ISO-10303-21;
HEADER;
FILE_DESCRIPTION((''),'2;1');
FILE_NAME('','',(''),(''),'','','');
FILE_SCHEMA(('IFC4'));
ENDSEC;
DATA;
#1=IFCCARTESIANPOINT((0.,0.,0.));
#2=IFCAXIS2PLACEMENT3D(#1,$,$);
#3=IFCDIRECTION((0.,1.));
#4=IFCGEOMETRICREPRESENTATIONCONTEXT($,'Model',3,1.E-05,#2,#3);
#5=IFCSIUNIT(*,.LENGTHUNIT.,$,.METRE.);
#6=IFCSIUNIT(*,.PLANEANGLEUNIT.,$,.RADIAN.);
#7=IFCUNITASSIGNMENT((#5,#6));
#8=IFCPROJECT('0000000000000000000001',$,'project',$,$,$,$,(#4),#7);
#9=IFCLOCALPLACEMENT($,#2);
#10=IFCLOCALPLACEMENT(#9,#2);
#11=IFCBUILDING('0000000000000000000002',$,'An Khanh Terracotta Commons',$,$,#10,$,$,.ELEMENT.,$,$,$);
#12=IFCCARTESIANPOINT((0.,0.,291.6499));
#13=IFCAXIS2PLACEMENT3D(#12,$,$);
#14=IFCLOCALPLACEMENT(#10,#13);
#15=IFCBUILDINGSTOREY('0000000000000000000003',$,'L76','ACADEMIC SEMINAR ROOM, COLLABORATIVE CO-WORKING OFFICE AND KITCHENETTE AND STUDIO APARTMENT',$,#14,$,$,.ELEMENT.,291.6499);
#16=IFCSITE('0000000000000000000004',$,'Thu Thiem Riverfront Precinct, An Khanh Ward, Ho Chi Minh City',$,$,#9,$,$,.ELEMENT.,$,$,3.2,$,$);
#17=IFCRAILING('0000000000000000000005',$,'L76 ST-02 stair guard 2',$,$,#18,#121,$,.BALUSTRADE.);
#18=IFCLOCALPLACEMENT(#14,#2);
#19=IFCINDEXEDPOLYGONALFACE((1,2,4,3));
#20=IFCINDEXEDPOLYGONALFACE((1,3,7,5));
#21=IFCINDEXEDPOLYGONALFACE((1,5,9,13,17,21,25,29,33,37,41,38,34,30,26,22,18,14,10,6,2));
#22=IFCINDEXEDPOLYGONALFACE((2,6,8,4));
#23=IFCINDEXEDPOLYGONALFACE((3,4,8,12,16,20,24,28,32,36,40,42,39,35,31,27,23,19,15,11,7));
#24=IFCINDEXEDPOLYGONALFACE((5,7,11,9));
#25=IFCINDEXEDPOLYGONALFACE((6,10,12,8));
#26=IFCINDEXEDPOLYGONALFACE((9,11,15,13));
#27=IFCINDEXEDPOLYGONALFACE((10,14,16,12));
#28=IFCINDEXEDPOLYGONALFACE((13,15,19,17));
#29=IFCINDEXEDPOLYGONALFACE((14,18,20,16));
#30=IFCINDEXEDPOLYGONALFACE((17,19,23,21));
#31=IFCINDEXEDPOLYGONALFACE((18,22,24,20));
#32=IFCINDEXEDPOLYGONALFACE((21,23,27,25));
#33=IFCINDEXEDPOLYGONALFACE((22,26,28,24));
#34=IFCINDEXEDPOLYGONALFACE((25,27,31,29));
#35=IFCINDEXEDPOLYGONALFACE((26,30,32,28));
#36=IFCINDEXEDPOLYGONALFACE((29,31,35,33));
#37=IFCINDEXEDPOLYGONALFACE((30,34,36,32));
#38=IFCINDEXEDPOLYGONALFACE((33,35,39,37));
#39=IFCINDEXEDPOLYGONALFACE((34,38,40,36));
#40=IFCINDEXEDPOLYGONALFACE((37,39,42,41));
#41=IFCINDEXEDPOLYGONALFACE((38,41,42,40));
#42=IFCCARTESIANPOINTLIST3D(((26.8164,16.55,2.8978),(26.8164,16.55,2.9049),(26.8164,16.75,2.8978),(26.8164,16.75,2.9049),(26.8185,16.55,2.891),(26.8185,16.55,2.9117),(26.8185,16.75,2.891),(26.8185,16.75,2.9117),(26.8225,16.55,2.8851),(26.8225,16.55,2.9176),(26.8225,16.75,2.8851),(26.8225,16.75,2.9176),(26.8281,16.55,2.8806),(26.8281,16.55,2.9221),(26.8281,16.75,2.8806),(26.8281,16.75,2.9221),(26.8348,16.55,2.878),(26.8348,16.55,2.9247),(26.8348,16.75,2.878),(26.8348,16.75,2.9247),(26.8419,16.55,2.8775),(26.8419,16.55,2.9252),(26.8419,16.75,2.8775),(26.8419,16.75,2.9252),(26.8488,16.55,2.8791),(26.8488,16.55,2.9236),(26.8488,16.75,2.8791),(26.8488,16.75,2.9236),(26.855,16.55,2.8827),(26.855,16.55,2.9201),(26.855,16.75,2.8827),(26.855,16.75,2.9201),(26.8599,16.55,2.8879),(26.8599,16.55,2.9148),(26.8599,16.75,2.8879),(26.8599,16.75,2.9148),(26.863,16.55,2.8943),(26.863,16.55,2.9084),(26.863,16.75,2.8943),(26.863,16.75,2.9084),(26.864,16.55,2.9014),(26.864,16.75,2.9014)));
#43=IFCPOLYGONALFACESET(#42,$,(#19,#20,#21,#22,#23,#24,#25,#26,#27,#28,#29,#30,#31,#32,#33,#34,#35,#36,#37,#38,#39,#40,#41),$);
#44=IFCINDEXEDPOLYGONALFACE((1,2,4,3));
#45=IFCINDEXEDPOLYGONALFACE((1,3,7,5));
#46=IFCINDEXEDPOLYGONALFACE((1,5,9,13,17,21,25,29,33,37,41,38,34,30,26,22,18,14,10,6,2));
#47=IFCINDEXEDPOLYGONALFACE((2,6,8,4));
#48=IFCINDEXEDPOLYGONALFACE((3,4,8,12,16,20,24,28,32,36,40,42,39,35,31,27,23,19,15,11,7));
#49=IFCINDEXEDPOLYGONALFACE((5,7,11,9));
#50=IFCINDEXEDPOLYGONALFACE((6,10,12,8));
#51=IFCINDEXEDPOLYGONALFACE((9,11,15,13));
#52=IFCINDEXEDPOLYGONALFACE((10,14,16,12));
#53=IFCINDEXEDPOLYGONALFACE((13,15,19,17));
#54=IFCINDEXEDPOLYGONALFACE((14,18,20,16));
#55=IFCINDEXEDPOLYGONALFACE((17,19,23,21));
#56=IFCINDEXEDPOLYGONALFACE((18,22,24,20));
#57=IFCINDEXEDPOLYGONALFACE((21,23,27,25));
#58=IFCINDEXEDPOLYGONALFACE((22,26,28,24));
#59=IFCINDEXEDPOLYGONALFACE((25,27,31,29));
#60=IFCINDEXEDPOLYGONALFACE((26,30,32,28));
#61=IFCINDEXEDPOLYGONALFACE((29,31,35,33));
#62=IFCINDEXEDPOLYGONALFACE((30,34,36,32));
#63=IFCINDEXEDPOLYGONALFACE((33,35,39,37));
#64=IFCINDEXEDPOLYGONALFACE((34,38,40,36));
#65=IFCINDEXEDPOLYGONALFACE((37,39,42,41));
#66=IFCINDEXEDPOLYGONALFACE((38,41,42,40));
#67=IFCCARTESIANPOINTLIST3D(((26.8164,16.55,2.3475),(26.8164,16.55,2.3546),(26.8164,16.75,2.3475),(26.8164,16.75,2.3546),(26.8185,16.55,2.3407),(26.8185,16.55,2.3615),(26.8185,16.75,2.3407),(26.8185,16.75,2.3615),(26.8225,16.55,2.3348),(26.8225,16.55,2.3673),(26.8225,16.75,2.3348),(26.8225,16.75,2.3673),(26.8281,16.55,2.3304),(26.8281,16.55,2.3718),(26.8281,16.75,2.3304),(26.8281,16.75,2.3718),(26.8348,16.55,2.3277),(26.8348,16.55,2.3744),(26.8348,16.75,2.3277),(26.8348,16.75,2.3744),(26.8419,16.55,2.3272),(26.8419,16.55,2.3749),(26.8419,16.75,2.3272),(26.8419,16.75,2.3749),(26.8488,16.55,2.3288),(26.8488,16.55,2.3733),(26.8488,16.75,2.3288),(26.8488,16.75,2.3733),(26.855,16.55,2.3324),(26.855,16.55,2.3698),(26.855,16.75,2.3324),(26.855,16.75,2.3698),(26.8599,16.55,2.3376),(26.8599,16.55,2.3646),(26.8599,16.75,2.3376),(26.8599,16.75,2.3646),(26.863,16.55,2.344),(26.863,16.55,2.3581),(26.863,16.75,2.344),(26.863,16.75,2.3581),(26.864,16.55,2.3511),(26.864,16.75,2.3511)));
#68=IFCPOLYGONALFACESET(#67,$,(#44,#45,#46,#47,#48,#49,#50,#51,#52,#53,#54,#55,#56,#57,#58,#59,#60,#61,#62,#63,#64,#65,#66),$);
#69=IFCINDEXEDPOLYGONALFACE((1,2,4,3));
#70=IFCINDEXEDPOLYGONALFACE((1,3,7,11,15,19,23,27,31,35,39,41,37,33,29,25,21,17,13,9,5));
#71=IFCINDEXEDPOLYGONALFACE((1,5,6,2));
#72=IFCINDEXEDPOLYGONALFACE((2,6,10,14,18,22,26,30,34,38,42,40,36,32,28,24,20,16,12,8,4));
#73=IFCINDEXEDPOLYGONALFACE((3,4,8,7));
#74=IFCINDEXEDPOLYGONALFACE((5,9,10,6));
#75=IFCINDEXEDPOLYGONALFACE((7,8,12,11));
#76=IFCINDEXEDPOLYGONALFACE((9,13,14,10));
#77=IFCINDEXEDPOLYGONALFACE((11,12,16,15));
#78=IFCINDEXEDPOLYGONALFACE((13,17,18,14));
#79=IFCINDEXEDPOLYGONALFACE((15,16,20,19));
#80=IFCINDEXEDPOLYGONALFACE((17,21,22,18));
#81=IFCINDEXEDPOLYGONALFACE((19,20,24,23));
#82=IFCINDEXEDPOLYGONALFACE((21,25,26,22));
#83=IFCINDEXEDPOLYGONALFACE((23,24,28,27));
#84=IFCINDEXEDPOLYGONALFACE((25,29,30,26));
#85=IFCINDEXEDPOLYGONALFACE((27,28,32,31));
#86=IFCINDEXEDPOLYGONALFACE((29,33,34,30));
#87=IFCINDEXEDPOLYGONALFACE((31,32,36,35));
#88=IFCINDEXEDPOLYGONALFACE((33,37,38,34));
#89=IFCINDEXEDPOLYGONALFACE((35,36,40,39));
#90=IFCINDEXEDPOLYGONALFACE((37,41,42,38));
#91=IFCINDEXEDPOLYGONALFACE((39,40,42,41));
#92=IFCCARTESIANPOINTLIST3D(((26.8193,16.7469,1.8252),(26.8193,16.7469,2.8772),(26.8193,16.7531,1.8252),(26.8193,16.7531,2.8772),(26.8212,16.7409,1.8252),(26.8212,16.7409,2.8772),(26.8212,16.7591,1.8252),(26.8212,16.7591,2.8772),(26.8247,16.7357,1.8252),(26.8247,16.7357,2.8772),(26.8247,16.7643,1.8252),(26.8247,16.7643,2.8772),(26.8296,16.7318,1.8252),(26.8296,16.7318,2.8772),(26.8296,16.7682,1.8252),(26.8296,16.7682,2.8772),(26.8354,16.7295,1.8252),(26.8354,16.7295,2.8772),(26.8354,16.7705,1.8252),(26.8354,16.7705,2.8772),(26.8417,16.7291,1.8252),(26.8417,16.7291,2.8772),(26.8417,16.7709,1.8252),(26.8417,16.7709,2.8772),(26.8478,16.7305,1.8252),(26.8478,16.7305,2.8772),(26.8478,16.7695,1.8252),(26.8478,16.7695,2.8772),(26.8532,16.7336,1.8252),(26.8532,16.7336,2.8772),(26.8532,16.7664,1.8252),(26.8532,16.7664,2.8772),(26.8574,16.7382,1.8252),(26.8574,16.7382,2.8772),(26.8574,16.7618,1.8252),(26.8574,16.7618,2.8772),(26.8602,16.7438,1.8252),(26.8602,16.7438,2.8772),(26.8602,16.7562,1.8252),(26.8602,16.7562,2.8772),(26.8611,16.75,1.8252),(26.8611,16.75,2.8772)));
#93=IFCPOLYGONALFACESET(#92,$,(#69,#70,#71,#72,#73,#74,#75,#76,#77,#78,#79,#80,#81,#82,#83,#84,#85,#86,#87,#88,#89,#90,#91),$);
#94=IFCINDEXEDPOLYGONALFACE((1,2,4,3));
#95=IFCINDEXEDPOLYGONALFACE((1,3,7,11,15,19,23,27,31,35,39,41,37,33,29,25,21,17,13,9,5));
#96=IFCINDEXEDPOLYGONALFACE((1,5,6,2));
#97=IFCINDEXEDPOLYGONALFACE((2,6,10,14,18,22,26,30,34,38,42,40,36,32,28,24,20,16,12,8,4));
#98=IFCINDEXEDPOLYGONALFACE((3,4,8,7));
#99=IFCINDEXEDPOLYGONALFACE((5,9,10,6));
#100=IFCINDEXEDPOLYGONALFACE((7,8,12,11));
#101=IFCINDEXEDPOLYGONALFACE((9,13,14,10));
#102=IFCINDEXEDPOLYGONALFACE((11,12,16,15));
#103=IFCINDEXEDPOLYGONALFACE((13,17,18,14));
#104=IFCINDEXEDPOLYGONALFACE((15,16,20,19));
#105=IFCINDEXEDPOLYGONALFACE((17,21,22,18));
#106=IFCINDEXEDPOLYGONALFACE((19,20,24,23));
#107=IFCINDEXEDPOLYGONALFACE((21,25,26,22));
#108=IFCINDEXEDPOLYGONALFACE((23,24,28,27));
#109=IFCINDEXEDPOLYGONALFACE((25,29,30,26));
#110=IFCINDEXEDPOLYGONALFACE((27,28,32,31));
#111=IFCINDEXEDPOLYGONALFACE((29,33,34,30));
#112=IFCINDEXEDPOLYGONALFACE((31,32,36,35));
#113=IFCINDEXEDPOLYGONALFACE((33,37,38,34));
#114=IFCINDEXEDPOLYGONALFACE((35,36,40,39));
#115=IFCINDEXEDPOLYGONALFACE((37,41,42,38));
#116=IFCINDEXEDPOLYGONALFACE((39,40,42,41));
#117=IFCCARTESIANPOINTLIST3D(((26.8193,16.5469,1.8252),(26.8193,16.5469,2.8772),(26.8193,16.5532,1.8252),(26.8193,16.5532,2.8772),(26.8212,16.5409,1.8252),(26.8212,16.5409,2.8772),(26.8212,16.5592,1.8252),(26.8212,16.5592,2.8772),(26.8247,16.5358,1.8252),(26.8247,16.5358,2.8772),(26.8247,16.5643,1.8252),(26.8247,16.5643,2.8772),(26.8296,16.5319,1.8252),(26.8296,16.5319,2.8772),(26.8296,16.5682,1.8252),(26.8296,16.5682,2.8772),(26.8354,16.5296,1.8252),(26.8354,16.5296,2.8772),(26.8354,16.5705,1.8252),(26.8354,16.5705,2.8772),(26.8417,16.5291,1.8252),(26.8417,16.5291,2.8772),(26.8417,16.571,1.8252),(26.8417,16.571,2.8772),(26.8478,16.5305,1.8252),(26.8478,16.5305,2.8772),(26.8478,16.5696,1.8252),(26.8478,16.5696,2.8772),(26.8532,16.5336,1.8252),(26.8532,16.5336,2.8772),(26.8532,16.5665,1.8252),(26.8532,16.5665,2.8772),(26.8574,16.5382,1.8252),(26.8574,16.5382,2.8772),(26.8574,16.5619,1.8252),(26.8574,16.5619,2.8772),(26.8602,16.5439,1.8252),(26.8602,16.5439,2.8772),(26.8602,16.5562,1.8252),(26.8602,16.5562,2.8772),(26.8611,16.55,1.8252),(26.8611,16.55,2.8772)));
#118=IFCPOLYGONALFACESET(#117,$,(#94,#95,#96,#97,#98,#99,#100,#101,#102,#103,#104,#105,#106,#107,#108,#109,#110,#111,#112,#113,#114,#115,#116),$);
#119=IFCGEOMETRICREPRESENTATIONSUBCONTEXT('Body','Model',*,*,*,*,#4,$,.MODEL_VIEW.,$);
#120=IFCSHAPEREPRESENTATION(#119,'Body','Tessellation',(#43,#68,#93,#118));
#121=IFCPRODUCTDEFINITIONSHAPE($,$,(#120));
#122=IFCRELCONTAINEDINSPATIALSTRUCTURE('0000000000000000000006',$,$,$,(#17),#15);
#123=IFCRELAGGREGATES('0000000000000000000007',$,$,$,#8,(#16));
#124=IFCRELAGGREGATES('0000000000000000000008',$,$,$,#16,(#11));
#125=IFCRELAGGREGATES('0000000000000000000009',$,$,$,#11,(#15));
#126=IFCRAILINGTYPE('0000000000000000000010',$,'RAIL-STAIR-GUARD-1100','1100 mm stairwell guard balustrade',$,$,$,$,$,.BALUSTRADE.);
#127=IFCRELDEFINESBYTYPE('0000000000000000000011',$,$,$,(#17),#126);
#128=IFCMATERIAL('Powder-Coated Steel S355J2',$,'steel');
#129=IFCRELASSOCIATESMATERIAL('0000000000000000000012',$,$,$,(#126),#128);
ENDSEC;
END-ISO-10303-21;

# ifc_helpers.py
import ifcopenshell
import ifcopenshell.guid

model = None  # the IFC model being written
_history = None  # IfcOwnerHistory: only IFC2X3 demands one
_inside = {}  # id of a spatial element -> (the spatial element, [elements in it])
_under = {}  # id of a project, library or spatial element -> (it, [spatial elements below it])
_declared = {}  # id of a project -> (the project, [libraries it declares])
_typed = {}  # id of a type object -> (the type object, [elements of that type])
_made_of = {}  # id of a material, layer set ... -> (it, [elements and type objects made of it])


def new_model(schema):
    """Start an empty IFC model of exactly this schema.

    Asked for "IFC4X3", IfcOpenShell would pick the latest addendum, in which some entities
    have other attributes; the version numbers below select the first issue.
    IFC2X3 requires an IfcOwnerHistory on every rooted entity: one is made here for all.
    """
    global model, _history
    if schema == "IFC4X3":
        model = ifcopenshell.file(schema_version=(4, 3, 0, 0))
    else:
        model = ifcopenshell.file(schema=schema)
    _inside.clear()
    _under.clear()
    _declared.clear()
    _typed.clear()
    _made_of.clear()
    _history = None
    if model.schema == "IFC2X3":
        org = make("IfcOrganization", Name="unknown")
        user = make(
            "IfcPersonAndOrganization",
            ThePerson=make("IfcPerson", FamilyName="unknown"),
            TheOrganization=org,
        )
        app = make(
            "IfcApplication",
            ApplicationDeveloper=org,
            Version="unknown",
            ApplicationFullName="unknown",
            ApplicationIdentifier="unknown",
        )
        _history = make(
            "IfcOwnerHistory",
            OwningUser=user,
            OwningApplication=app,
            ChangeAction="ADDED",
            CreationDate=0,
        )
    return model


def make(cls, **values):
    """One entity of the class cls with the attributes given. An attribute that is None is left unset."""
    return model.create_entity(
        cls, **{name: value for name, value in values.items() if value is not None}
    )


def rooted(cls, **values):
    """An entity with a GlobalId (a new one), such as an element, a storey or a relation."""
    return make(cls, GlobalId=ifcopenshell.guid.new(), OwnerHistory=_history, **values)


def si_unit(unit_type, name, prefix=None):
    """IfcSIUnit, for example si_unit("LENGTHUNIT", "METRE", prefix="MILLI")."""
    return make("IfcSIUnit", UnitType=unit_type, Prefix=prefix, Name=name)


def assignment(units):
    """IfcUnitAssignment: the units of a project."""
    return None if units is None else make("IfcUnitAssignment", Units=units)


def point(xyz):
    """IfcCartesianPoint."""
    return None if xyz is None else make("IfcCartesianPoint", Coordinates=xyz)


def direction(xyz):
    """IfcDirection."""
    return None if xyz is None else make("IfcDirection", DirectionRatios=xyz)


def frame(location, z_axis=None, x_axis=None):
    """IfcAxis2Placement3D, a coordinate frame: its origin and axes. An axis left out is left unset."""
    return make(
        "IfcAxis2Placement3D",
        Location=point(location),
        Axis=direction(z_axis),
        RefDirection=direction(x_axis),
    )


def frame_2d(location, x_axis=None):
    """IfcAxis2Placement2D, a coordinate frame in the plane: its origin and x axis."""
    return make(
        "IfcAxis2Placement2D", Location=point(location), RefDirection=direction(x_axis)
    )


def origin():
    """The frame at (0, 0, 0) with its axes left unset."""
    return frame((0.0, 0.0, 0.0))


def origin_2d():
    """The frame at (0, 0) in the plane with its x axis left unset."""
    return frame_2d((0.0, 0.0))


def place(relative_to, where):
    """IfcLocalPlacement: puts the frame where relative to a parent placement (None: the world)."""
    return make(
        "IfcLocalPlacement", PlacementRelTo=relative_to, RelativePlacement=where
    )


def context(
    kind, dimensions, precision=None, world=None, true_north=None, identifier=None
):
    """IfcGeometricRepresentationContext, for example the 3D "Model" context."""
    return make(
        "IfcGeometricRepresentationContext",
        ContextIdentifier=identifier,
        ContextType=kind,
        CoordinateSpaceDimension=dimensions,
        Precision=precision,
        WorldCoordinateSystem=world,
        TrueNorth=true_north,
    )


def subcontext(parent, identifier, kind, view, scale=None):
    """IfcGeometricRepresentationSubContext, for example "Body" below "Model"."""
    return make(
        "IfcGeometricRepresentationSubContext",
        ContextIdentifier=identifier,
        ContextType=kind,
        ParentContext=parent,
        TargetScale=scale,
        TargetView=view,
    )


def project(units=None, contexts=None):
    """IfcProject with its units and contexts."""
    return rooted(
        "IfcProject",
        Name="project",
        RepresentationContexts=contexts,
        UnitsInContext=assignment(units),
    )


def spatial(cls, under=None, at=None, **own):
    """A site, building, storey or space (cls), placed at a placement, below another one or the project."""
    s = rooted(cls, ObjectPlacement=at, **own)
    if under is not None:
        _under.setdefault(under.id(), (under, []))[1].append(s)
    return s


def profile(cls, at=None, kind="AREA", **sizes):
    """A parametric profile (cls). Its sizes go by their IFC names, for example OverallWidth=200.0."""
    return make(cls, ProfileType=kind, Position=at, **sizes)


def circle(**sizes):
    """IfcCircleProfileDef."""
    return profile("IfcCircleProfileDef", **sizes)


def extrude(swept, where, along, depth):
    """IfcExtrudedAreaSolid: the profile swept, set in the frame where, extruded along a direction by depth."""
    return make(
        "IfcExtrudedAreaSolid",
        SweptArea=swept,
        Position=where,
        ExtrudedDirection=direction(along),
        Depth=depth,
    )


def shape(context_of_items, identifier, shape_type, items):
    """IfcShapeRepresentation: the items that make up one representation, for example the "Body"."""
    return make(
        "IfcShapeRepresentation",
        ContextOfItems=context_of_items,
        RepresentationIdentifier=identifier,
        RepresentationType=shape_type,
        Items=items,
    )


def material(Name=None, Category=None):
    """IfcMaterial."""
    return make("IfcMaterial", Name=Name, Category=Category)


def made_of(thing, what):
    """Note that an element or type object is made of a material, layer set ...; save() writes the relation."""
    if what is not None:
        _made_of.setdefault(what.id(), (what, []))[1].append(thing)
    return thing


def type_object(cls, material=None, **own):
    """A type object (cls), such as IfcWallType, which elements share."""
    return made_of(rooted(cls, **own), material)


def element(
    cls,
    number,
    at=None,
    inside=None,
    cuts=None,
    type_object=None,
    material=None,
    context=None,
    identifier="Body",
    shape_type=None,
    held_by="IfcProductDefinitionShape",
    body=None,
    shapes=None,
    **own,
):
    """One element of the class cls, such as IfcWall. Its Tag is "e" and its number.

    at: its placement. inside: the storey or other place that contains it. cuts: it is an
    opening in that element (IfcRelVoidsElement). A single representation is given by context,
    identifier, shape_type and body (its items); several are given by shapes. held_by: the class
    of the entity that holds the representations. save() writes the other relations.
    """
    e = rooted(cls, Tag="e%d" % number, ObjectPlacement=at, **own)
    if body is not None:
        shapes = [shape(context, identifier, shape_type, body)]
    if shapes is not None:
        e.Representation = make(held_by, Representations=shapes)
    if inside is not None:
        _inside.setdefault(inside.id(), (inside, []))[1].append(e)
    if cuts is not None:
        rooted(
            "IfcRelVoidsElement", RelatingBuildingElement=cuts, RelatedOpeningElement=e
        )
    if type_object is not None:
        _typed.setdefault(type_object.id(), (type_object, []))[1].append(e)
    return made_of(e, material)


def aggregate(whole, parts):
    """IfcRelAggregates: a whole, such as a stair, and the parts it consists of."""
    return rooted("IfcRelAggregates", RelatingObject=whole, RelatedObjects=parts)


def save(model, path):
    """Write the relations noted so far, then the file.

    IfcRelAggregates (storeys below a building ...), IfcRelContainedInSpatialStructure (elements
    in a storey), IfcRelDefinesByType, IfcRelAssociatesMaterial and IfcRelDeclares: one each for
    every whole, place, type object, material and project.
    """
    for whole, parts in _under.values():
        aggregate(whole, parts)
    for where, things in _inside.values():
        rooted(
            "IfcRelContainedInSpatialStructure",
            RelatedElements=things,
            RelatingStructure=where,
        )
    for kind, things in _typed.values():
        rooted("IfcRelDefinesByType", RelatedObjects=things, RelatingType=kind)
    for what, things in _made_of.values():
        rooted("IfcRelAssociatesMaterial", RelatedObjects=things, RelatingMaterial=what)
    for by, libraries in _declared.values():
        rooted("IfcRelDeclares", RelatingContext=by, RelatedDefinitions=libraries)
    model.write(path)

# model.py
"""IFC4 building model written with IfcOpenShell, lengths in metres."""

from ifc_helpers import new_model, si_unit, direction, frame, origin, origin_2d, place, context, subcontext, project, spatial, circle, extrude, material, type_object, element, save


model = new_model("IFC4")

# Units and contexts
model_context = context("Model", 3, precision=1e-05, world=origin(), true_north=direction((0.0, 1.0)))
body_context = subcontext(model_context, "Body", "Model", "MODEL_VIEW")
ifc_project = project(units=[si_unit("LENGTHUNIT", "METRE"), si_unit("PLANEANGLEUNIT", "RADIAN")], contexts=[model_context])

# Site, building, storey
site_placement = place(None, origin())
site = spatial("IfcSite", under=ifc_project, at=site_placement, Name="Thu Thiem Riverfront Precinct, An Khanh Ward, Ho Chi Minh City", CompositionType="ELEMENT", RefElevation=3.2)
building_placement = place(site_placement, origin())
building = spatial("IfcBuilding", under=site, at=building_placement, Name="An Khanh Terracotta Commons", CompositionType="ELEMENT")
storey_placement = place(building_placement, frame((0.0, 0.0, 291.6499)))
storey = spatial("IfcBuildingStorey", under=building, at=storey_placement, Name="L76", Description="ACADEMIC SEMINAR ROOM, COLLABORATIVE CO-WORKING OFFICE AND KITCHENETTE AND STUDIO APARTMENT", CompositionType="ELEMENT", Elevation=291.6499)

# Railing
ifc_material_1 = material(Name="Powder-Coated Steel S355J2", Category="steel")
railing_type_1 = type_object("IfcRailingType", Name="RAIL-STAIR-GUARD-1100", Description="1100 mm stairwell guard balustrade", PredefinedType="BALUSTRADE", material=ifc_material_1)
railing_1_placement = place(storey_placement, frame((26.8401, 16.75, 1.8252)))
element("IfcRailing", 1, at=railing_1_placement, inside=storey, type_object=railing_type_1, Name="L76 ST-02 stair guard 2", PredefinedType="BALUSTRADE", context=body_context, shape_type="SweptSolid", body=[
    extrude(circle(Radius=0.0239, at=origin_2d()), frame((0.0, 0.0, 1.0762), z_axis=(0.0, -1.0, 0.0), x_axis=(1.0, 0.0, 0.0)), (0.0, 0.0, 1.0), 0.2),
    extrude(circle(Radius=0.0239, at=origin_2d()), frame((0.0, 0.0, 0.5259), z_axis=(0.0, -1.0, 0.0), x_axis=(1.0, 0.0, 0.0)), (0.0, 0.0, 1.0), 0.2),
    extrude(circle(Radius=0.021, at=origin_2d()), origin(), (0.0, 0.0, 1.0), 1.052),
    extrude(circle(Radius=0.021, at=origin_2d()), frame((0.0, -0.2, 0.0)), (0.0, 0.0, 1.0), 1.052),
])

save(model, "model.ifc")
